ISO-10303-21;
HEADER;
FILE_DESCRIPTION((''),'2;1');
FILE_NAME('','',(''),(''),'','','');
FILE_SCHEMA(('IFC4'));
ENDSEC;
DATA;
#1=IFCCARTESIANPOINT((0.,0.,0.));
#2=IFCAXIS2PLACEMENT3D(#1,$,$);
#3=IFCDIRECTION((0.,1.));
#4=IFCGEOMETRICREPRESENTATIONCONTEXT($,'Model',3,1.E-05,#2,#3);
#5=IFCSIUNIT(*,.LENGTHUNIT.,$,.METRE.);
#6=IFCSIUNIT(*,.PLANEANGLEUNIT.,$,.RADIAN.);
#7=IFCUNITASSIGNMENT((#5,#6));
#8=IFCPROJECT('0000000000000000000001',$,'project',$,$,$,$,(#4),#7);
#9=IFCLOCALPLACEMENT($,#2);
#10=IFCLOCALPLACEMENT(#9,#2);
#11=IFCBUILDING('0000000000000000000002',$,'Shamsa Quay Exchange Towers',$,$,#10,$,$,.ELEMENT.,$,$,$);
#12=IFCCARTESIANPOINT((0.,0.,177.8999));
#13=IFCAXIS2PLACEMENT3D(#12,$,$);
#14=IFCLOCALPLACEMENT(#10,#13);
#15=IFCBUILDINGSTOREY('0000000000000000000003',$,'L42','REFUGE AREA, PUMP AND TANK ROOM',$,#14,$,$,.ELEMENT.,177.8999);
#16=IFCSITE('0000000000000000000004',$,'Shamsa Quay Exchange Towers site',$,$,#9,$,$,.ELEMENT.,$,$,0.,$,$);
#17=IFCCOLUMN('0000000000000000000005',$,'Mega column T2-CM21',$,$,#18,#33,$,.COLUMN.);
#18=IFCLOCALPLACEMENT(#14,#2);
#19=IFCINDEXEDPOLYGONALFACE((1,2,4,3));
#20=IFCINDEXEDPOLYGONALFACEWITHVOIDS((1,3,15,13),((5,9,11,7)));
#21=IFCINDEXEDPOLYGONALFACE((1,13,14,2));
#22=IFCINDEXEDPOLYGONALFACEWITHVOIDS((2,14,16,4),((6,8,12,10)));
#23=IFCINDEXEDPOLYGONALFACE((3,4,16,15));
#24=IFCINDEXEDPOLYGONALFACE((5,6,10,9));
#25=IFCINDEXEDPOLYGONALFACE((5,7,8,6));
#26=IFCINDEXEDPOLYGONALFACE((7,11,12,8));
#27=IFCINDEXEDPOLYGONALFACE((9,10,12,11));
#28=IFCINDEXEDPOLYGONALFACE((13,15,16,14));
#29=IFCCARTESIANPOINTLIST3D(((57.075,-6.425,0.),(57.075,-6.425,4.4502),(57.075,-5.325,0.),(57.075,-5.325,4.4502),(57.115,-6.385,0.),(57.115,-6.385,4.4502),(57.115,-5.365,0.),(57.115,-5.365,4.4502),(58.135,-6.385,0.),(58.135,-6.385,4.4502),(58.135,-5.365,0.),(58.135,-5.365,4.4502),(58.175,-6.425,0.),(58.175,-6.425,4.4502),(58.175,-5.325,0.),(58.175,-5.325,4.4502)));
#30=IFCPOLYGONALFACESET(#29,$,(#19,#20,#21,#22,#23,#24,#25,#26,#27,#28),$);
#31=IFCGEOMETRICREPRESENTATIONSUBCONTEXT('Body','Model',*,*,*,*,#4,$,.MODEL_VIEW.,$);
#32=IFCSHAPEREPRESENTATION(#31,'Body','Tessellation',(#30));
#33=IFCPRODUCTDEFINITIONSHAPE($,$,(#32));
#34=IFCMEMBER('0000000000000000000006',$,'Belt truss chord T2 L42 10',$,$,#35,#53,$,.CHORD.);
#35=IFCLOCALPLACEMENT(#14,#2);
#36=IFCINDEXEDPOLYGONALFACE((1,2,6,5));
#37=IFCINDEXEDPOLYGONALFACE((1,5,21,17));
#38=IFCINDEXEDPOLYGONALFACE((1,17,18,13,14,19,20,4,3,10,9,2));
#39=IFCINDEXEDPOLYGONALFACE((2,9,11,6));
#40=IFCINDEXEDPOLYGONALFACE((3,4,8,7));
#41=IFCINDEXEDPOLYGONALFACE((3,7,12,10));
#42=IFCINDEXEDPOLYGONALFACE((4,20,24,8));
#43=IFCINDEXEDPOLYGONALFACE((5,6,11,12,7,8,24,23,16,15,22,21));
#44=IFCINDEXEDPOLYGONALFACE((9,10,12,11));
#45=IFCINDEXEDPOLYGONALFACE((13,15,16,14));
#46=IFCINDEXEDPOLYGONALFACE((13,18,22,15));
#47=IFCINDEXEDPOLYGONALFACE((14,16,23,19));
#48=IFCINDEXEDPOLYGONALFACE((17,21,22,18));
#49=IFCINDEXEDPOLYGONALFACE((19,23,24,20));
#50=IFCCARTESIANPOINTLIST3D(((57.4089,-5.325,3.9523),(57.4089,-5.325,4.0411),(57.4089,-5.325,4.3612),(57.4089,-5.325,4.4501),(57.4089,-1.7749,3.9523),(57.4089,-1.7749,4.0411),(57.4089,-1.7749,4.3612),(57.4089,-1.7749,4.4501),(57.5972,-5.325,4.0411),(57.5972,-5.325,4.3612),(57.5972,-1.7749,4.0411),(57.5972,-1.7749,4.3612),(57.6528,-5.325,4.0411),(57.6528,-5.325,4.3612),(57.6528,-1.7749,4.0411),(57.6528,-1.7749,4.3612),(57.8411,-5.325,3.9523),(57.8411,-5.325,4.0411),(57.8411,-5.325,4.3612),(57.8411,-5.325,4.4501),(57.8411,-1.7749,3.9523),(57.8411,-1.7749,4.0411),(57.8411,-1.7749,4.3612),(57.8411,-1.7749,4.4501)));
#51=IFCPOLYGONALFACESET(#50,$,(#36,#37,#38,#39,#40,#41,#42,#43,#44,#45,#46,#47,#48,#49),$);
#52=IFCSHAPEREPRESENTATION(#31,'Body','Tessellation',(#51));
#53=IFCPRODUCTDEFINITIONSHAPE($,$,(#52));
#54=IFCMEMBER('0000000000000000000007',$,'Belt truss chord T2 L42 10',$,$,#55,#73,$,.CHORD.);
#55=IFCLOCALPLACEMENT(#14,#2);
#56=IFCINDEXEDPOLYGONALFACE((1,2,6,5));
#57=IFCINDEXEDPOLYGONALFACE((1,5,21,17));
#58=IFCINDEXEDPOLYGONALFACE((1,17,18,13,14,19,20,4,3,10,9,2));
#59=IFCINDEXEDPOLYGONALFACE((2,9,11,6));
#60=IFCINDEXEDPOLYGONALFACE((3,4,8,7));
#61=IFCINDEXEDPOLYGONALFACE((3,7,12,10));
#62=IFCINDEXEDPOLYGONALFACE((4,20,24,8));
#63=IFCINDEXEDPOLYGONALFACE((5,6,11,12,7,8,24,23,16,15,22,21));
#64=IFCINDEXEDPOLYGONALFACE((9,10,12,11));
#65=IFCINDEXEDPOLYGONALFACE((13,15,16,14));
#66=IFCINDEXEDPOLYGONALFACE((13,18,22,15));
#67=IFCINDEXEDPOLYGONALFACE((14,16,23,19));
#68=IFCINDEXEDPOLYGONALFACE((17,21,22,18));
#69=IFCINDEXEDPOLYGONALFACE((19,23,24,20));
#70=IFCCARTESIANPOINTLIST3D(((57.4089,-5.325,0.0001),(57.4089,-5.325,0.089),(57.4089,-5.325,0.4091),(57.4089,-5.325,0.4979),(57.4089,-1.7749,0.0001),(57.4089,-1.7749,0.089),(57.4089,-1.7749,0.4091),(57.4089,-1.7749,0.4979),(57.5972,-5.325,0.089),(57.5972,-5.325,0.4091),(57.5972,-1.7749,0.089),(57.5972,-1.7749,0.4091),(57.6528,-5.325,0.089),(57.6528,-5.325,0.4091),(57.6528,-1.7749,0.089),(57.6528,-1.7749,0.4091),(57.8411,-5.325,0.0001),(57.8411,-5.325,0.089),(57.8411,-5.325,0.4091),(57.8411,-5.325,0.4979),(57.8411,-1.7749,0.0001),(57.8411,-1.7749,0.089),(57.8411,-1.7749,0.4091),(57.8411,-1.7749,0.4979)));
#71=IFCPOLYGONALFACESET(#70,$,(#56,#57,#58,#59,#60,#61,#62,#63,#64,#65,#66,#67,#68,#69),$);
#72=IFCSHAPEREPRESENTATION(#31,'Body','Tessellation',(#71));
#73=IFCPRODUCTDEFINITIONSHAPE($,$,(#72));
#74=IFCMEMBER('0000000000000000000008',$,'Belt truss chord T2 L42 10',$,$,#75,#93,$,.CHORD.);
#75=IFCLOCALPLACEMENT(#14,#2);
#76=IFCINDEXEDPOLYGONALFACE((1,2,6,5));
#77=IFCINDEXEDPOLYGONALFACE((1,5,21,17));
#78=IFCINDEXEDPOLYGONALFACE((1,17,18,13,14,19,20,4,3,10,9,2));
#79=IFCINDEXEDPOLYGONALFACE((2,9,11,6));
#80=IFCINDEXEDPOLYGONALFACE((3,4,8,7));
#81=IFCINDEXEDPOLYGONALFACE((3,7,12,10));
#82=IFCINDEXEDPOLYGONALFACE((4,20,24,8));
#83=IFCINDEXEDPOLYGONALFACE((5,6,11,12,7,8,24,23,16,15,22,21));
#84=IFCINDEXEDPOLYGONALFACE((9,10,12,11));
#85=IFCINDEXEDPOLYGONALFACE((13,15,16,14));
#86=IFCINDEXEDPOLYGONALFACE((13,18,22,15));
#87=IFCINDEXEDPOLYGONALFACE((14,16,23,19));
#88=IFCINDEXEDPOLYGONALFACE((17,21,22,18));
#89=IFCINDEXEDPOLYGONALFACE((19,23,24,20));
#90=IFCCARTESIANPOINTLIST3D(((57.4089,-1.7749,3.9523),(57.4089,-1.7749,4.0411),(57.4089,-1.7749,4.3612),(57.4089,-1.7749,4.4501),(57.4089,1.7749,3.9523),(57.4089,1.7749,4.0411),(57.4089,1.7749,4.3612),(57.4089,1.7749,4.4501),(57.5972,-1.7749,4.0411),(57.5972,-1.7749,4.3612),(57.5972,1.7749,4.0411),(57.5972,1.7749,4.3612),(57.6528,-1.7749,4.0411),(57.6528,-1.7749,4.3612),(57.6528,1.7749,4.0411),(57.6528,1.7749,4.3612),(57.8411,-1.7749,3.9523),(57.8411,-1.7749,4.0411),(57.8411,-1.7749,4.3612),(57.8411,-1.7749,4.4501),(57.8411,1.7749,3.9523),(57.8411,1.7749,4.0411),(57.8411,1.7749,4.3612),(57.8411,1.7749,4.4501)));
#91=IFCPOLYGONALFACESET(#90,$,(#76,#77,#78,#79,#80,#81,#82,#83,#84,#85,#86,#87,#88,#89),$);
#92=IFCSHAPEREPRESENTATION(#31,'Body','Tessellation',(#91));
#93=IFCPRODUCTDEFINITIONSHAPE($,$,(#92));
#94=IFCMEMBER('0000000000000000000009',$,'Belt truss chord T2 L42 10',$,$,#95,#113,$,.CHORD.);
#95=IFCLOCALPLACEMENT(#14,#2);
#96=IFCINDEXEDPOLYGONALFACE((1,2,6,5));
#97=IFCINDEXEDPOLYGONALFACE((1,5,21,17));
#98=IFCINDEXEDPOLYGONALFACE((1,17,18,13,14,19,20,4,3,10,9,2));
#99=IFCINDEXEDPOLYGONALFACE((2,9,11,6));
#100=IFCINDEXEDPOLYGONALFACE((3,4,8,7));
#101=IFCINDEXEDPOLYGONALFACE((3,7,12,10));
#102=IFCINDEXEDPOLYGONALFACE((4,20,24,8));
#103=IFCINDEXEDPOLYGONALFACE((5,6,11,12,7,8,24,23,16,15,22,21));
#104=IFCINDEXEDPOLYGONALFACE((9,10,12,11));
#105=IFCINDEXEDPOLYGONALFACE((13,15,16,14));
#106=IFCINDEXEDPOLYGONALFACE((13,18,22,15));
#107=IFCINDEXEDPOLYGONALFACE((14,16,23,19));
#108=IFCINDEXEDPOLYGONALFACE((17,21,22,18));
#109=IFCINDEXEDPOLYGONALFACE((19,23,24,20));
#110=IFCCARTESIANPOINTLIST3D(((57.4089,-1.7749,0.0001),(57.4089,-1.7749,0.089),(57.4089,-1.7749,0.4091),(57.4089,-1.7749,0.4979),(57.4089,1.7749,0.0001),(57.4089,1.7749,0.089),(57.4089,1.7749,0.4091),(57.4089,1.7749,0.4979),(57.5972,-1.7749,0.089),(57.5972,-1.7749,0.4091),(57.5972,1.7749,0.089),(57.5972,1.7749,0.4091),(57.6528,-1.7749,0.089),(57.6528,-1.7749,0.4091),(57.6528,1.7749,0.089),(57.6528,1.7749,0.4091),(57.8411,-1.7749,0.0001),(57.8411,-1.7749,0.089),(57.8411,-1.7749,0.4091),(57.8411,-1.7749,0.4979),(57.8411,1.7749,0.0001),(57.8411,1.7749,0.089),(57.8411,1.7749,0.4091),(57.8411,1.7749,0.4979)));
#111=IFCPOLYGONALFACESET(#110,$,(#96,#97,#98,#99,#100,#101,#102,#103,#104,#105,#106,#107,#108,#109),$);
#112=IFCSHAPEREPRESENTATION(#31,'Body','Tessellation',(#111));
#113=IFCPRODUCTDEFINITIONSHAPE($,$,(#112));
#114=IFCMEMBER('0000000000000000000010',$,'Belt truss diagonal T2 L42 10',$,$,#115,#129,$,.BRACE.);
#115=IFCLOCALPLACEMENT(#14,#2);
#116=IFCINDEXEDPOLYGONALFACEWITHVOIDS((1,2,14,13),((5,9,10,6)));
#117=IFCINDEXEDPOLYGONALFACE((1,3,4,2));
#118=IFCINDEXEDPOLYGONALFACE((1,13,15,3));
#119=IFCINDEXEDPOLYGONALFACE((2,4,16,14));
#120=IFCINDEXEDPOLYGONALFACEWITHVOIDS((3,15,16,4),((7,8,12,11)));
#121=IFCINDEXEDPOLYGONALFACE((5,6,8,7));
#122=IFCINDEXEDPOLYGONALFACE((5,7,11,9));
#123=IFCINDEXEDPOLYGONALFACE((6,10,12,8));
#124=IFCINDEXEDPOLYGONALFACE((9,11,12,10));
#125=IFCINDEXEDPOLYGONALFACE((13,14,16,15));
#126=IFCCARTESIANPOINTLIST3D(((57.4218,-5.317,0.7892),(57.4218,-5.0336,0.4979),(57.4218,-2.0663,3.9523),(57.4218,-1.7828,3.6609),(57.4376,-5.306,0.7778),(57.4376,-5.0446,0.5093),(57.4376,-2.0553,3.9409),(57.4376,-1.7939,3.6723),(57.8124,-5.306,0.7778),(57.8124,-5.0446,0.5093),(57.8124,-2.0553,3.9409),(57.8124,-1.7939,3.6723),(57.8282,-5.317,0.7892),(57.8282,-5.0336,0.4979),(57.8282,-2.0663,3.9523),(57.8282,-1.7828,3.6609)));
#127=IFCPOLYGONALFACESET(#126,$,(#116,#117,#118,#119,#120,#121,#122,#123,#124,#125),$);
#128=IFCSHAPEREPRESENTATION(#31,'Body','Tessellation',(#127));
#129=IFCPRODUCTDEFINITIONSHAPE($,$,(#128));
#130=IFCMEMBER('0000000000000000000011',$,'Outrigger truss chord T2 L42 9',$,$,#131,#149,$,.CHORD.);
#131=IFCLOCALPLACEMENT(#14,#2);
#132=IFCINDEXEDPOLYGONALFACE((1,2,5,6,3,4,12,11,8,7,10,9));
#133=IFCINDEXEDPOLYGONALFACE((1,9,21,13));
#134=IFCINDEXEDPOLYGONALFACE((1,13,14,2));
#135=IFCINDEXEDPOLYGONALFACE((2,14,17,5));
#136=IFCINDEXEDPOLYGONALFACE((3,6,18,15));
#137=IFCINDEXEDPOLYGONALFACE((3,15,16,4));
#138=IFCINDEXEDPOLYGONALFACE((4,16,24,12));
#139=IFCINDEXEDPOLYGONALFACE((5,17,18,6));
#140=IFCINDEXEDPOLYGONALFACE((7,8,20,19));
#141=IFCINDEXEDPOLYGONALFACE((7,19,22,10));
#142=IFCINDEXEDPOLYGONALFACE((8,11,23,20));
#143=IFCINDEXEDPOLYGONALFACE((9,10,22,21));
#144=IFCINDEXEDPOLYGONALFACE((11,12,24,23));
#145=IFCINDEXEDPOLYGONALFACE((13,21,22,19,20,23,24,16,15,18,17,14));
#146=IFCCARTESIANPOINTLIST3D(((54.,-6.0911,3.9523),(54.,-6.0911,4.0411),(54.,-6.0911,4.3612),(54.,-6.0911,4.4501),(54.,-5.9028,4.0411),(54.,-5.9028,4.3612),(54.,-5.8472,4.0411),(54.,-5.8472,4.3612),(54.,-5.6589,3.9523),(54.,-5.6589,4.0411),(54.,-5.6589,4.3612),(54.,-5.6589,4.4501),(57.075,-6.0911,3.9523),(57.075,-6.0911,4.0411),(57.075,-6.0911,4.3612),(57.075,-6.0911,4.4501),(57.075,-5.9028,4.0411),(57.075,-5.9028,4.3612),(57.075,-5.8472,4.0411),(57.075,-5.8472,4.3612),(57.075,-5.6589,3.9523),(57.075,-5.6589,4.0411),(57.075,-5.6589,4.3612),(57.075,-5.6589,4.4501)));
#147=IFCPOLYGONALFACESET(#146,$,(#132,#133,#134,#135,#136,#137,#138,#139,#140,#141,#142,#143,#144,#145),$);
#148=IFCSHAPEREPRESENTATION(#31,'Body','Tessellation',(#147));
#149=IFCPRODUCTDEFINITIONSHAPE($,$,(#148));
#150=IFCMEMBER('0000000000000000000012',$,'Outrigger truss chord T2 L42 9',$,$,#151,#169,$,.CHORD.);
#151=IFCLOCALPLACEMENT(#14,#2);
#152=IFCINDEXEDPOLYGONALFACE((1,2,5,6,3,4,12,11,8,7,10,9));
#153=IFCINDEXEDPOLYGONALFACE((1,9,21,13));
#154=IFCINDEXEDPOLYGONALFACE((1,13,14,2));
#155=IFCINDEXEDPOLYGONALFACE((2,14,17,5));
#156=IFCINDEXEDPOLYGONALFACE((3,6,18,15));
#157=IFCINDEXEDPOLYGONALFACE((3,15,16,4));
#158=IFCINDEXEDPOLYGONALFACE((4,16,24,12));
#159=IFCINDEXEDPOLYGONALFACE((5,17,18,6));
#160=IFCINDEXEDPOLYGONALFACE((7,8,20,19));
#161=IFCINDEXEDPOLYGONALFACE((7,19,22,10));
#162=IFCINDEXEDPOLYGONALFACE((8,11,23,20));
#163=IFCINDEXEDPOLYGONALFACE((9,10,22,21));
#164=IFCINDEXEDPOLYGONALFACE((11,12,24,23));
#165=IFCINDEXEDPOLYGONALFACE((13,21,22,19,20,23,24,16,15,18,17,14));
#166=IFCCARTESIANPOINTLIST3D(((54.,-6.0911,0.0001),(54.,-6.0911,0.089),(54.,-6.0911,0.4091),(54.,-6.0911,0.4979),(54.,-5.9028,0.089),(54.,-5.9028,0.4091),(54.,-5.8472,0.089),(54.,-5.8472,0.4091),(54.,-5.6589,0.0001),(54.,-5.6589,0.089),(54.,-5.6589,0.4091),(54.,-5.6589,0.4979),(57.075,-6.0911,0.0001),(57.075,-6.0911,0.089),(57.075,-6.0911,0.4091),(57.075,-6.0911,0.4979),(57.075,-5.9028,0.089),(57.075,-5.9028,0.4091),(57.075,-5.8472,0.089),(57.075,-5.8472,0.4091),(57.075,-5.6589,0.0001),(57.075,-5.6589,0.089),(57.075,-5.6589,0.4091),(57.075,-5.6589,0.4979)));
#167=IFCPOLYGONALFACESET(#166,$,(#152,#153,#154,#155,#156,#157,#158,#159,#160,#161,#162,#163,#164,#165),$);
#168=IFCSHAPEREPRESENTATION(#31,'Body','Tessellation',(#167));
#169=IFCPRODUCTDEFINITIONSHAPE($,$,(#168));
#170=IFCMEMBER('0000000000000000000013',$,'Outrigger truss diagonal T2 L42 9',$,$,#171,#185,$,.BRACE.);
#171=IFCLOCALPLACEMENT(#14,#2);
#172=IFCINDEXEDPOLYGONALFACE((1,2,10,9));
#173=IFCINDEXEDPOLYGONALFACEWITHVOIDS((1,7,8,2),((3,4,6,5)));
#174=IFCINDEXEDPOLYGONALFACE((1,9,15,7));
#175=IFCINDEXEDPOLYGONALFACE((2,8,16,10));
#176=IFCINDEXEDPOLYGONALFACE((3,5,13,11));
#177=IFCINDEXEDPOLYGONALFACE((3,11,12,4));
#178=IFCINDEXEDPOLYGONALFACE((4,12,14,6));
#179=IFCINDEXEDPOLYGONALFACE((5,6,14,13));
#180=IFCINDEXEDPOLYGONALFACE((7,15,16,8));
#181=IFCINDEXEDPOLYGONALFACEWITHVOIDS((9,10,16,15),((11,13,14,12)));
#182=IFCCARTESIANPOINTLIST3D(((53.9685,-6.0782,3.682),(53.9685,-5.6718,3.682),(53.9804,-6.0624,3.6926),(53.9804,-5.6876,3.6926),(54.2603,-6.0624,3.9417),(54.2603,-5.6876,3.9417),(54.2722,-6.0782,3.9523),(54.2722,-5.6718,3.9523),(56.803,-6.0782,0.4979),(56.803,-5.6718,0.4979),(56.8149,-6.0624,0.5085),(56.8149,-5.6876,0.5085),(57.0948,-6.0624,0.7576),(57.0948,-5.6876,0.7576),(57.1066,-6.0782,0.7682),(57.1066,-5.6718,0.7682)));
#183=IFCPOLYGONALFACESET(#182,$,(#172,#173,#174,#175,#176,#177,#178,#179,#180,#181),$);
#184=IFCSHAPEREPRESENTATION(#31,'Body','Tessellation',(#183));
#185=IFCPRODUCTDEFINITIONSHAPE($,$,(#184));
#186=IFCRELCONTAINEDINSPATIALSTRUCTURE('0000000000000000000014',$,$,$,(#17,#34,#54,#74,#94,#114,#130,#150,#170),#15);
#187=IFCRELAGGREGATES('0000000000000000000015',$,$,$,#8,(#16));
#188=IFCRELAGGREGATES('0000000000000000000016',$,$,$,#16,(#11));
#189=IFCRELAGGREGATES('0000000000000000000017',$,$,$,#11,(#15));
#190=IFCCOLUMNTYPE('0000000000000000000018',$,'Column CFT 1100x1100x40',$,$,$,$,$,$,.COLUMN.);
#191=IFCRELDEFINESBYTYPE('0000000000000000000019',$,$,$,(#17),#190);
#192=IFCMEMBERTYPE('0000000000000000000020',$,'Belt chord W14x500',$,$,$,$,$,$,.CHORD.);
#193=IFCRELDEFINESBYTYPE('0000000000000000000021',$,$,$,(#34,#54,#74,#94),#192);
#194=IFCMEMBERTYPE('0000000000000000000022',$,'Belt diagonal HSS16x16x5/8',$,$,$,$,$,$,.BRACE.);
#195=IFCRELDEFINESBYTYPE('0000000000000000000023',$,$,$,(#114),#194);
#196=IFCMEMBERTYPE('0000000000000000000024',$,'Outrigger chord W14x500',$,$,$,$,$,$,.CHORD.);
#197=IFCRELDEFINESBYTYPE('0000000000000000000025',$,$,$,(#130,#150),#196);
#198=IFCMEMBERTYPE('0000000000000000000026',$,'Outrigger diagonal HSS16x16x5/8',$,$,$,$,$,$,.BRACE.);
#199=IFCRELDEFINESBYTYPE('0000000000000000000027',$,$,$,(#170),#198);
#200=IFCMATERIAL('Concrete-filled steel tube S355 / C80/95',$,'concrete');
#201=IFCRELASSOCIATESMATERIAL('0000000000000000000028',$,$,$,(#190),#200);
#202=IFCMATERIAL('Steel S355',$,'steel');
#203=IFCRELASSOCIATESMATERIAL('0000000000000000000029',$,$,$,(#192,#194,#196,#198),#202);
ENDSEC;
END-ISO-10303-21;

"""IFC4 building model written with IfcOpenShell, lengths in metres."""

from ifc_helpers import new_model, si_unit, direction, frame, origin, origin_2d, place, context, subcontext, project, spatial, hollow_rectangle, i_section, extrude, material, material_profile, profile_set, type_object, element, save


model = new_model("IFC4")

# Units and contexts
model_context = context("Model", 3, precision=1e-05, world=origin(), true_north=direction((0.0, 1.0)))
body_context = subcontext(model_context, "Body", "Model", "MODEL_VIEW")
ifc_project = project(units=[si_unit("LENGTHUNIT", "METRE"), si_unit("PLANEANGLEUNIT", "RADIAN")], contexts=[model_context])

# Site, building, storey
site_placement = place(None, origin())
site = spatial("IfcSite", under=ifc_project, at=site_placement, Name="Shamsa Quay Exchange Towers site", CompositionType="ELEMENT", RefElevation=0.0)
building_placement = place(site_placement, origin())
building = spatial("IfcBuilding", under=site, at=building_placement, Name="Shamsa Quay Exchange Towers", CompositionType="ELEMENT")
storey_placement = place(building_placement, frame((0.0, 0.0, 177.8999)))
storey = spatial("IfcBuildingStorey", under=building, at=storey_placement, Name="L42", Description="REFUGE AREA, PUMP AND TANK ROOM", CompositionType="ELEMENT", Elevation=177.8999)

# Column
ifc_material_1 = material(Name="Concrete-filled steel tube S355 / C80/95", Category="concrete")
ifc_material_profile_1 = material_profile(ifc_material_1, hollow_rectangle(XDim=1.1001, YDim=1.1001, WallThickness=0.04, at=origin_2d()), Name="CFT 1100x1100x40")
ifc_profile_set_1 = profile_set([ifc_material_profile_1], Name="Concrete-filled steel tube S355 / C80/95")
column_type = type_object("IfcColumnType", Name="Column CFT 1100x1100x40", PredefinedType="COLUMN", material=ifc_profile_set_1)
column_placement = place(storey_placement, frame((57.625, -5.875, 0.0)))
element("IfcColumn", 1, at=column_placement, inside=storey, type_object=column_type, Name="Mega column T2-CM21", PredefinedType="COLUMN", context=body_context, shape_type="SweptSolid", body=[
    extrude(hollow_rectangle(XDim=1.1001, YDim=1.1001, WallThickness=0.04, at=origin_2d()), origin(), (0.0, 0.0, 1.0), 4.4502),
])

# Members
ifc_material_2 = material(Name="Steel S355", Category="steel")
ifc_material_profile_2 = material_profile(ifc_material_2, i_section(OverallWidth=0.4321, OverallDepth=0.4978, WebThickness=0.0557, FlangeThickness=0.0889, at=origin_2d()), Name="W14x500")
ifc_profile_set_2 = profile_set([ifc_material_profile_2], Name="Steel S355")
member_type_1 = type_object("IfcMemberType", Name="Belt chord W14x500", PredefinedType="CHORD", material=ifc_profile_set_2)
for number, where, z_axis, x_axis, name in (
    (2, (57.625, -5.325, 4.2012), (0.0, 1.0, 0.0), (-1.0, 0.0, 0.0), "Belt truss chord T2 L42 10"),
    (3, (57.625, -5.325, 0.249), (0.0, 1.0, 0.0), (-1.0, 0.0, 0.0), "Belt truss chord T2 L42 10"),
):
    element("IfcMember", number, at=place(storey_placement, frame(where, z_axis=z_axis, x_axis=x_axis)), inside=storey, type_object=member_type_1, Name=name, PredefinedType="CHORD", context=body_context, shape_type="SweptSolid", body=[
        extrude(i_section(OverallWidth=0.4321, OverallDepth=0.4978, WebThickness=0.0557, FlangeThickness=0.0889, at=origin_2d()), origin(), (0.0, 0.0, 1.0), 3.55),
    ])
for number, where, z_axis, x_axis, name in (
    (4, (57.625, -1.7749, 4.2012), (0.0, 1.0, 0.0), (-1.0, 0.0, 0.0), "Belt truss chord T2 L42 10"),
    (5, (57.625, -1.7749, 0.249), (0.0, 1.0, 0.0), (-1.0, 0.0, 0.0), "Belt truss chord T2 L42 10"),
):
    element("IfcMember", number, at=place(storey_placement, frame(where, z_axis=z_axis, x_axis=x_axis)), inside=storey, type_object=member_type_1, Name=name, PredefinedType="CHORD", context=body_context, shape_type="SweptSolid", body=[
        extrude(i_section(OverallWidth=0.4321, OverallDepth=0.4978, WebThickness=0.0557, FlangeThickness=0.0889, at=origin_2d()), origin(), (0.0, 0.0, 1.0), 3.5498),
    ])
ifc_material_profile_3 = material_profile(ifc_material_2, hollow_rectangle(XDim=0.4065, YDim=0.4065, WallThickness=0.0159, at=origin_2d()), Name="HSS16x16x5/8")
ifc_profile_set_3 = profile_set([ifc_material_profile_3], Name="Steel S355")
member_type_2 = type_object("IfcMemberType", Name="Belt diagonal HSS16x16x5/8", PredefinedType="BRACE", material=ifc_profile_set_3)
member_1_placement = place(storey_placement, frame((57.625, -5.1753, 0.6436), z_axis=(0.0, 0.716703, 0.697379), x_axis=(-1.0, 0.0, 0.0)))
element("IfcMember", 6, at=member_1_placement, inside=storey, type_object=member_type_2, Name="Belt truss diagonal T2 L42 10", PredefinedType="BRACE", context=body_context, shape_type="SweptSolid", body=[
    extrude(hollow_rectangle(XDim=0.4065, YDim=0.4065, WallThickness=0.0159, at=origin_2d()), origin(), (0.0, 0.0, 1.0), 4.5356),
])
ifc_material_profile_4 = material_profile(ifc_material_2, i_section(OverallWidth=0.4321, OverallDepth=0.4978, WebThickness=0.0557, FlangeThickness=0.0889, at=origin_2d()), Name="W14x500")
ifc_profile_set_4 = profile_set([ifc_material_profile_4], Name="Steel S355")
member_type_3 = type_object("IfcMemberType", Name="Outrigger chord W14x500", PredefinedType="CHORD", material=ifc_profile_set_4)
for number, where, z_axis, x_axis, name in (
    (7, (57.075, -5.875, 4.2012), (-1.0, 0.0, 0.0), (0.0, -1.0, 0.0), "Outrigger truss chord T2 L42 9"),
    (8, (57.075, -5.875, 0.249), (-1.0, 0.0, 0.0), (0.0, -1.0, 0.0), "Outrigger truss chord T2 L42 9"),
):
    element("IfcMember", number, at=place(storey_placement, frame(where, z_axis=z_axis, x_axis=x_axis)), inside=storey, type_object=member_type_3, Name=name, PredefinedType="CHORD", context=body_context, shape_type="SweptSolid", body=[
        extrude(i_section(OverallWidth=0.4321, OverallDepth=0.4978, WebThickness=0.0557, FlangeThickness=0.0889, at=origin_2d()), origin(), (0.0, 0.0, 1.0), 3.075),
    ])
ifc_material_profile_5 = material_profile(ifc_material_2, hollow_rectangle(XDim=0.4065, YDim=0.4065, WallThickness=0.0159, at=origin_2d()), Name="HSS16x16x5/8")
ifc_profile_set_5 = profile_set([ifc_material_profile_5], Name="Steel S355")
member_type_4 = type_object("IfcMemberType", Name="Outrigger diagonal HSS16x16x5/8", PredefinedType="BRACE", material=ifc_profile_set_5)
member_2_placement = place(storey_placement, frame((56.9548, -5.875, 0.6331), z_axis=(-0.664911, 0.0, 0.746923), x_axis=(0.0, -1.0, 0.0)))
element("IfcMember", 9, at=member_2_placement, inside=storey, type_object=member_type_4, Name="Outrigger truss diagonal T2 L42 9", PredefinedType="BRACE", context=body_context, shape_type="SweptSolid", body=[
    extrude(hollow_rectangle(XDim=0.4065, YDim=0.4065, WallThickness=0.0159, at=origin_2d()), origin(), (0.0, 0.0, 1.0), 4.2629),
])

save(model, "model.ifc")
